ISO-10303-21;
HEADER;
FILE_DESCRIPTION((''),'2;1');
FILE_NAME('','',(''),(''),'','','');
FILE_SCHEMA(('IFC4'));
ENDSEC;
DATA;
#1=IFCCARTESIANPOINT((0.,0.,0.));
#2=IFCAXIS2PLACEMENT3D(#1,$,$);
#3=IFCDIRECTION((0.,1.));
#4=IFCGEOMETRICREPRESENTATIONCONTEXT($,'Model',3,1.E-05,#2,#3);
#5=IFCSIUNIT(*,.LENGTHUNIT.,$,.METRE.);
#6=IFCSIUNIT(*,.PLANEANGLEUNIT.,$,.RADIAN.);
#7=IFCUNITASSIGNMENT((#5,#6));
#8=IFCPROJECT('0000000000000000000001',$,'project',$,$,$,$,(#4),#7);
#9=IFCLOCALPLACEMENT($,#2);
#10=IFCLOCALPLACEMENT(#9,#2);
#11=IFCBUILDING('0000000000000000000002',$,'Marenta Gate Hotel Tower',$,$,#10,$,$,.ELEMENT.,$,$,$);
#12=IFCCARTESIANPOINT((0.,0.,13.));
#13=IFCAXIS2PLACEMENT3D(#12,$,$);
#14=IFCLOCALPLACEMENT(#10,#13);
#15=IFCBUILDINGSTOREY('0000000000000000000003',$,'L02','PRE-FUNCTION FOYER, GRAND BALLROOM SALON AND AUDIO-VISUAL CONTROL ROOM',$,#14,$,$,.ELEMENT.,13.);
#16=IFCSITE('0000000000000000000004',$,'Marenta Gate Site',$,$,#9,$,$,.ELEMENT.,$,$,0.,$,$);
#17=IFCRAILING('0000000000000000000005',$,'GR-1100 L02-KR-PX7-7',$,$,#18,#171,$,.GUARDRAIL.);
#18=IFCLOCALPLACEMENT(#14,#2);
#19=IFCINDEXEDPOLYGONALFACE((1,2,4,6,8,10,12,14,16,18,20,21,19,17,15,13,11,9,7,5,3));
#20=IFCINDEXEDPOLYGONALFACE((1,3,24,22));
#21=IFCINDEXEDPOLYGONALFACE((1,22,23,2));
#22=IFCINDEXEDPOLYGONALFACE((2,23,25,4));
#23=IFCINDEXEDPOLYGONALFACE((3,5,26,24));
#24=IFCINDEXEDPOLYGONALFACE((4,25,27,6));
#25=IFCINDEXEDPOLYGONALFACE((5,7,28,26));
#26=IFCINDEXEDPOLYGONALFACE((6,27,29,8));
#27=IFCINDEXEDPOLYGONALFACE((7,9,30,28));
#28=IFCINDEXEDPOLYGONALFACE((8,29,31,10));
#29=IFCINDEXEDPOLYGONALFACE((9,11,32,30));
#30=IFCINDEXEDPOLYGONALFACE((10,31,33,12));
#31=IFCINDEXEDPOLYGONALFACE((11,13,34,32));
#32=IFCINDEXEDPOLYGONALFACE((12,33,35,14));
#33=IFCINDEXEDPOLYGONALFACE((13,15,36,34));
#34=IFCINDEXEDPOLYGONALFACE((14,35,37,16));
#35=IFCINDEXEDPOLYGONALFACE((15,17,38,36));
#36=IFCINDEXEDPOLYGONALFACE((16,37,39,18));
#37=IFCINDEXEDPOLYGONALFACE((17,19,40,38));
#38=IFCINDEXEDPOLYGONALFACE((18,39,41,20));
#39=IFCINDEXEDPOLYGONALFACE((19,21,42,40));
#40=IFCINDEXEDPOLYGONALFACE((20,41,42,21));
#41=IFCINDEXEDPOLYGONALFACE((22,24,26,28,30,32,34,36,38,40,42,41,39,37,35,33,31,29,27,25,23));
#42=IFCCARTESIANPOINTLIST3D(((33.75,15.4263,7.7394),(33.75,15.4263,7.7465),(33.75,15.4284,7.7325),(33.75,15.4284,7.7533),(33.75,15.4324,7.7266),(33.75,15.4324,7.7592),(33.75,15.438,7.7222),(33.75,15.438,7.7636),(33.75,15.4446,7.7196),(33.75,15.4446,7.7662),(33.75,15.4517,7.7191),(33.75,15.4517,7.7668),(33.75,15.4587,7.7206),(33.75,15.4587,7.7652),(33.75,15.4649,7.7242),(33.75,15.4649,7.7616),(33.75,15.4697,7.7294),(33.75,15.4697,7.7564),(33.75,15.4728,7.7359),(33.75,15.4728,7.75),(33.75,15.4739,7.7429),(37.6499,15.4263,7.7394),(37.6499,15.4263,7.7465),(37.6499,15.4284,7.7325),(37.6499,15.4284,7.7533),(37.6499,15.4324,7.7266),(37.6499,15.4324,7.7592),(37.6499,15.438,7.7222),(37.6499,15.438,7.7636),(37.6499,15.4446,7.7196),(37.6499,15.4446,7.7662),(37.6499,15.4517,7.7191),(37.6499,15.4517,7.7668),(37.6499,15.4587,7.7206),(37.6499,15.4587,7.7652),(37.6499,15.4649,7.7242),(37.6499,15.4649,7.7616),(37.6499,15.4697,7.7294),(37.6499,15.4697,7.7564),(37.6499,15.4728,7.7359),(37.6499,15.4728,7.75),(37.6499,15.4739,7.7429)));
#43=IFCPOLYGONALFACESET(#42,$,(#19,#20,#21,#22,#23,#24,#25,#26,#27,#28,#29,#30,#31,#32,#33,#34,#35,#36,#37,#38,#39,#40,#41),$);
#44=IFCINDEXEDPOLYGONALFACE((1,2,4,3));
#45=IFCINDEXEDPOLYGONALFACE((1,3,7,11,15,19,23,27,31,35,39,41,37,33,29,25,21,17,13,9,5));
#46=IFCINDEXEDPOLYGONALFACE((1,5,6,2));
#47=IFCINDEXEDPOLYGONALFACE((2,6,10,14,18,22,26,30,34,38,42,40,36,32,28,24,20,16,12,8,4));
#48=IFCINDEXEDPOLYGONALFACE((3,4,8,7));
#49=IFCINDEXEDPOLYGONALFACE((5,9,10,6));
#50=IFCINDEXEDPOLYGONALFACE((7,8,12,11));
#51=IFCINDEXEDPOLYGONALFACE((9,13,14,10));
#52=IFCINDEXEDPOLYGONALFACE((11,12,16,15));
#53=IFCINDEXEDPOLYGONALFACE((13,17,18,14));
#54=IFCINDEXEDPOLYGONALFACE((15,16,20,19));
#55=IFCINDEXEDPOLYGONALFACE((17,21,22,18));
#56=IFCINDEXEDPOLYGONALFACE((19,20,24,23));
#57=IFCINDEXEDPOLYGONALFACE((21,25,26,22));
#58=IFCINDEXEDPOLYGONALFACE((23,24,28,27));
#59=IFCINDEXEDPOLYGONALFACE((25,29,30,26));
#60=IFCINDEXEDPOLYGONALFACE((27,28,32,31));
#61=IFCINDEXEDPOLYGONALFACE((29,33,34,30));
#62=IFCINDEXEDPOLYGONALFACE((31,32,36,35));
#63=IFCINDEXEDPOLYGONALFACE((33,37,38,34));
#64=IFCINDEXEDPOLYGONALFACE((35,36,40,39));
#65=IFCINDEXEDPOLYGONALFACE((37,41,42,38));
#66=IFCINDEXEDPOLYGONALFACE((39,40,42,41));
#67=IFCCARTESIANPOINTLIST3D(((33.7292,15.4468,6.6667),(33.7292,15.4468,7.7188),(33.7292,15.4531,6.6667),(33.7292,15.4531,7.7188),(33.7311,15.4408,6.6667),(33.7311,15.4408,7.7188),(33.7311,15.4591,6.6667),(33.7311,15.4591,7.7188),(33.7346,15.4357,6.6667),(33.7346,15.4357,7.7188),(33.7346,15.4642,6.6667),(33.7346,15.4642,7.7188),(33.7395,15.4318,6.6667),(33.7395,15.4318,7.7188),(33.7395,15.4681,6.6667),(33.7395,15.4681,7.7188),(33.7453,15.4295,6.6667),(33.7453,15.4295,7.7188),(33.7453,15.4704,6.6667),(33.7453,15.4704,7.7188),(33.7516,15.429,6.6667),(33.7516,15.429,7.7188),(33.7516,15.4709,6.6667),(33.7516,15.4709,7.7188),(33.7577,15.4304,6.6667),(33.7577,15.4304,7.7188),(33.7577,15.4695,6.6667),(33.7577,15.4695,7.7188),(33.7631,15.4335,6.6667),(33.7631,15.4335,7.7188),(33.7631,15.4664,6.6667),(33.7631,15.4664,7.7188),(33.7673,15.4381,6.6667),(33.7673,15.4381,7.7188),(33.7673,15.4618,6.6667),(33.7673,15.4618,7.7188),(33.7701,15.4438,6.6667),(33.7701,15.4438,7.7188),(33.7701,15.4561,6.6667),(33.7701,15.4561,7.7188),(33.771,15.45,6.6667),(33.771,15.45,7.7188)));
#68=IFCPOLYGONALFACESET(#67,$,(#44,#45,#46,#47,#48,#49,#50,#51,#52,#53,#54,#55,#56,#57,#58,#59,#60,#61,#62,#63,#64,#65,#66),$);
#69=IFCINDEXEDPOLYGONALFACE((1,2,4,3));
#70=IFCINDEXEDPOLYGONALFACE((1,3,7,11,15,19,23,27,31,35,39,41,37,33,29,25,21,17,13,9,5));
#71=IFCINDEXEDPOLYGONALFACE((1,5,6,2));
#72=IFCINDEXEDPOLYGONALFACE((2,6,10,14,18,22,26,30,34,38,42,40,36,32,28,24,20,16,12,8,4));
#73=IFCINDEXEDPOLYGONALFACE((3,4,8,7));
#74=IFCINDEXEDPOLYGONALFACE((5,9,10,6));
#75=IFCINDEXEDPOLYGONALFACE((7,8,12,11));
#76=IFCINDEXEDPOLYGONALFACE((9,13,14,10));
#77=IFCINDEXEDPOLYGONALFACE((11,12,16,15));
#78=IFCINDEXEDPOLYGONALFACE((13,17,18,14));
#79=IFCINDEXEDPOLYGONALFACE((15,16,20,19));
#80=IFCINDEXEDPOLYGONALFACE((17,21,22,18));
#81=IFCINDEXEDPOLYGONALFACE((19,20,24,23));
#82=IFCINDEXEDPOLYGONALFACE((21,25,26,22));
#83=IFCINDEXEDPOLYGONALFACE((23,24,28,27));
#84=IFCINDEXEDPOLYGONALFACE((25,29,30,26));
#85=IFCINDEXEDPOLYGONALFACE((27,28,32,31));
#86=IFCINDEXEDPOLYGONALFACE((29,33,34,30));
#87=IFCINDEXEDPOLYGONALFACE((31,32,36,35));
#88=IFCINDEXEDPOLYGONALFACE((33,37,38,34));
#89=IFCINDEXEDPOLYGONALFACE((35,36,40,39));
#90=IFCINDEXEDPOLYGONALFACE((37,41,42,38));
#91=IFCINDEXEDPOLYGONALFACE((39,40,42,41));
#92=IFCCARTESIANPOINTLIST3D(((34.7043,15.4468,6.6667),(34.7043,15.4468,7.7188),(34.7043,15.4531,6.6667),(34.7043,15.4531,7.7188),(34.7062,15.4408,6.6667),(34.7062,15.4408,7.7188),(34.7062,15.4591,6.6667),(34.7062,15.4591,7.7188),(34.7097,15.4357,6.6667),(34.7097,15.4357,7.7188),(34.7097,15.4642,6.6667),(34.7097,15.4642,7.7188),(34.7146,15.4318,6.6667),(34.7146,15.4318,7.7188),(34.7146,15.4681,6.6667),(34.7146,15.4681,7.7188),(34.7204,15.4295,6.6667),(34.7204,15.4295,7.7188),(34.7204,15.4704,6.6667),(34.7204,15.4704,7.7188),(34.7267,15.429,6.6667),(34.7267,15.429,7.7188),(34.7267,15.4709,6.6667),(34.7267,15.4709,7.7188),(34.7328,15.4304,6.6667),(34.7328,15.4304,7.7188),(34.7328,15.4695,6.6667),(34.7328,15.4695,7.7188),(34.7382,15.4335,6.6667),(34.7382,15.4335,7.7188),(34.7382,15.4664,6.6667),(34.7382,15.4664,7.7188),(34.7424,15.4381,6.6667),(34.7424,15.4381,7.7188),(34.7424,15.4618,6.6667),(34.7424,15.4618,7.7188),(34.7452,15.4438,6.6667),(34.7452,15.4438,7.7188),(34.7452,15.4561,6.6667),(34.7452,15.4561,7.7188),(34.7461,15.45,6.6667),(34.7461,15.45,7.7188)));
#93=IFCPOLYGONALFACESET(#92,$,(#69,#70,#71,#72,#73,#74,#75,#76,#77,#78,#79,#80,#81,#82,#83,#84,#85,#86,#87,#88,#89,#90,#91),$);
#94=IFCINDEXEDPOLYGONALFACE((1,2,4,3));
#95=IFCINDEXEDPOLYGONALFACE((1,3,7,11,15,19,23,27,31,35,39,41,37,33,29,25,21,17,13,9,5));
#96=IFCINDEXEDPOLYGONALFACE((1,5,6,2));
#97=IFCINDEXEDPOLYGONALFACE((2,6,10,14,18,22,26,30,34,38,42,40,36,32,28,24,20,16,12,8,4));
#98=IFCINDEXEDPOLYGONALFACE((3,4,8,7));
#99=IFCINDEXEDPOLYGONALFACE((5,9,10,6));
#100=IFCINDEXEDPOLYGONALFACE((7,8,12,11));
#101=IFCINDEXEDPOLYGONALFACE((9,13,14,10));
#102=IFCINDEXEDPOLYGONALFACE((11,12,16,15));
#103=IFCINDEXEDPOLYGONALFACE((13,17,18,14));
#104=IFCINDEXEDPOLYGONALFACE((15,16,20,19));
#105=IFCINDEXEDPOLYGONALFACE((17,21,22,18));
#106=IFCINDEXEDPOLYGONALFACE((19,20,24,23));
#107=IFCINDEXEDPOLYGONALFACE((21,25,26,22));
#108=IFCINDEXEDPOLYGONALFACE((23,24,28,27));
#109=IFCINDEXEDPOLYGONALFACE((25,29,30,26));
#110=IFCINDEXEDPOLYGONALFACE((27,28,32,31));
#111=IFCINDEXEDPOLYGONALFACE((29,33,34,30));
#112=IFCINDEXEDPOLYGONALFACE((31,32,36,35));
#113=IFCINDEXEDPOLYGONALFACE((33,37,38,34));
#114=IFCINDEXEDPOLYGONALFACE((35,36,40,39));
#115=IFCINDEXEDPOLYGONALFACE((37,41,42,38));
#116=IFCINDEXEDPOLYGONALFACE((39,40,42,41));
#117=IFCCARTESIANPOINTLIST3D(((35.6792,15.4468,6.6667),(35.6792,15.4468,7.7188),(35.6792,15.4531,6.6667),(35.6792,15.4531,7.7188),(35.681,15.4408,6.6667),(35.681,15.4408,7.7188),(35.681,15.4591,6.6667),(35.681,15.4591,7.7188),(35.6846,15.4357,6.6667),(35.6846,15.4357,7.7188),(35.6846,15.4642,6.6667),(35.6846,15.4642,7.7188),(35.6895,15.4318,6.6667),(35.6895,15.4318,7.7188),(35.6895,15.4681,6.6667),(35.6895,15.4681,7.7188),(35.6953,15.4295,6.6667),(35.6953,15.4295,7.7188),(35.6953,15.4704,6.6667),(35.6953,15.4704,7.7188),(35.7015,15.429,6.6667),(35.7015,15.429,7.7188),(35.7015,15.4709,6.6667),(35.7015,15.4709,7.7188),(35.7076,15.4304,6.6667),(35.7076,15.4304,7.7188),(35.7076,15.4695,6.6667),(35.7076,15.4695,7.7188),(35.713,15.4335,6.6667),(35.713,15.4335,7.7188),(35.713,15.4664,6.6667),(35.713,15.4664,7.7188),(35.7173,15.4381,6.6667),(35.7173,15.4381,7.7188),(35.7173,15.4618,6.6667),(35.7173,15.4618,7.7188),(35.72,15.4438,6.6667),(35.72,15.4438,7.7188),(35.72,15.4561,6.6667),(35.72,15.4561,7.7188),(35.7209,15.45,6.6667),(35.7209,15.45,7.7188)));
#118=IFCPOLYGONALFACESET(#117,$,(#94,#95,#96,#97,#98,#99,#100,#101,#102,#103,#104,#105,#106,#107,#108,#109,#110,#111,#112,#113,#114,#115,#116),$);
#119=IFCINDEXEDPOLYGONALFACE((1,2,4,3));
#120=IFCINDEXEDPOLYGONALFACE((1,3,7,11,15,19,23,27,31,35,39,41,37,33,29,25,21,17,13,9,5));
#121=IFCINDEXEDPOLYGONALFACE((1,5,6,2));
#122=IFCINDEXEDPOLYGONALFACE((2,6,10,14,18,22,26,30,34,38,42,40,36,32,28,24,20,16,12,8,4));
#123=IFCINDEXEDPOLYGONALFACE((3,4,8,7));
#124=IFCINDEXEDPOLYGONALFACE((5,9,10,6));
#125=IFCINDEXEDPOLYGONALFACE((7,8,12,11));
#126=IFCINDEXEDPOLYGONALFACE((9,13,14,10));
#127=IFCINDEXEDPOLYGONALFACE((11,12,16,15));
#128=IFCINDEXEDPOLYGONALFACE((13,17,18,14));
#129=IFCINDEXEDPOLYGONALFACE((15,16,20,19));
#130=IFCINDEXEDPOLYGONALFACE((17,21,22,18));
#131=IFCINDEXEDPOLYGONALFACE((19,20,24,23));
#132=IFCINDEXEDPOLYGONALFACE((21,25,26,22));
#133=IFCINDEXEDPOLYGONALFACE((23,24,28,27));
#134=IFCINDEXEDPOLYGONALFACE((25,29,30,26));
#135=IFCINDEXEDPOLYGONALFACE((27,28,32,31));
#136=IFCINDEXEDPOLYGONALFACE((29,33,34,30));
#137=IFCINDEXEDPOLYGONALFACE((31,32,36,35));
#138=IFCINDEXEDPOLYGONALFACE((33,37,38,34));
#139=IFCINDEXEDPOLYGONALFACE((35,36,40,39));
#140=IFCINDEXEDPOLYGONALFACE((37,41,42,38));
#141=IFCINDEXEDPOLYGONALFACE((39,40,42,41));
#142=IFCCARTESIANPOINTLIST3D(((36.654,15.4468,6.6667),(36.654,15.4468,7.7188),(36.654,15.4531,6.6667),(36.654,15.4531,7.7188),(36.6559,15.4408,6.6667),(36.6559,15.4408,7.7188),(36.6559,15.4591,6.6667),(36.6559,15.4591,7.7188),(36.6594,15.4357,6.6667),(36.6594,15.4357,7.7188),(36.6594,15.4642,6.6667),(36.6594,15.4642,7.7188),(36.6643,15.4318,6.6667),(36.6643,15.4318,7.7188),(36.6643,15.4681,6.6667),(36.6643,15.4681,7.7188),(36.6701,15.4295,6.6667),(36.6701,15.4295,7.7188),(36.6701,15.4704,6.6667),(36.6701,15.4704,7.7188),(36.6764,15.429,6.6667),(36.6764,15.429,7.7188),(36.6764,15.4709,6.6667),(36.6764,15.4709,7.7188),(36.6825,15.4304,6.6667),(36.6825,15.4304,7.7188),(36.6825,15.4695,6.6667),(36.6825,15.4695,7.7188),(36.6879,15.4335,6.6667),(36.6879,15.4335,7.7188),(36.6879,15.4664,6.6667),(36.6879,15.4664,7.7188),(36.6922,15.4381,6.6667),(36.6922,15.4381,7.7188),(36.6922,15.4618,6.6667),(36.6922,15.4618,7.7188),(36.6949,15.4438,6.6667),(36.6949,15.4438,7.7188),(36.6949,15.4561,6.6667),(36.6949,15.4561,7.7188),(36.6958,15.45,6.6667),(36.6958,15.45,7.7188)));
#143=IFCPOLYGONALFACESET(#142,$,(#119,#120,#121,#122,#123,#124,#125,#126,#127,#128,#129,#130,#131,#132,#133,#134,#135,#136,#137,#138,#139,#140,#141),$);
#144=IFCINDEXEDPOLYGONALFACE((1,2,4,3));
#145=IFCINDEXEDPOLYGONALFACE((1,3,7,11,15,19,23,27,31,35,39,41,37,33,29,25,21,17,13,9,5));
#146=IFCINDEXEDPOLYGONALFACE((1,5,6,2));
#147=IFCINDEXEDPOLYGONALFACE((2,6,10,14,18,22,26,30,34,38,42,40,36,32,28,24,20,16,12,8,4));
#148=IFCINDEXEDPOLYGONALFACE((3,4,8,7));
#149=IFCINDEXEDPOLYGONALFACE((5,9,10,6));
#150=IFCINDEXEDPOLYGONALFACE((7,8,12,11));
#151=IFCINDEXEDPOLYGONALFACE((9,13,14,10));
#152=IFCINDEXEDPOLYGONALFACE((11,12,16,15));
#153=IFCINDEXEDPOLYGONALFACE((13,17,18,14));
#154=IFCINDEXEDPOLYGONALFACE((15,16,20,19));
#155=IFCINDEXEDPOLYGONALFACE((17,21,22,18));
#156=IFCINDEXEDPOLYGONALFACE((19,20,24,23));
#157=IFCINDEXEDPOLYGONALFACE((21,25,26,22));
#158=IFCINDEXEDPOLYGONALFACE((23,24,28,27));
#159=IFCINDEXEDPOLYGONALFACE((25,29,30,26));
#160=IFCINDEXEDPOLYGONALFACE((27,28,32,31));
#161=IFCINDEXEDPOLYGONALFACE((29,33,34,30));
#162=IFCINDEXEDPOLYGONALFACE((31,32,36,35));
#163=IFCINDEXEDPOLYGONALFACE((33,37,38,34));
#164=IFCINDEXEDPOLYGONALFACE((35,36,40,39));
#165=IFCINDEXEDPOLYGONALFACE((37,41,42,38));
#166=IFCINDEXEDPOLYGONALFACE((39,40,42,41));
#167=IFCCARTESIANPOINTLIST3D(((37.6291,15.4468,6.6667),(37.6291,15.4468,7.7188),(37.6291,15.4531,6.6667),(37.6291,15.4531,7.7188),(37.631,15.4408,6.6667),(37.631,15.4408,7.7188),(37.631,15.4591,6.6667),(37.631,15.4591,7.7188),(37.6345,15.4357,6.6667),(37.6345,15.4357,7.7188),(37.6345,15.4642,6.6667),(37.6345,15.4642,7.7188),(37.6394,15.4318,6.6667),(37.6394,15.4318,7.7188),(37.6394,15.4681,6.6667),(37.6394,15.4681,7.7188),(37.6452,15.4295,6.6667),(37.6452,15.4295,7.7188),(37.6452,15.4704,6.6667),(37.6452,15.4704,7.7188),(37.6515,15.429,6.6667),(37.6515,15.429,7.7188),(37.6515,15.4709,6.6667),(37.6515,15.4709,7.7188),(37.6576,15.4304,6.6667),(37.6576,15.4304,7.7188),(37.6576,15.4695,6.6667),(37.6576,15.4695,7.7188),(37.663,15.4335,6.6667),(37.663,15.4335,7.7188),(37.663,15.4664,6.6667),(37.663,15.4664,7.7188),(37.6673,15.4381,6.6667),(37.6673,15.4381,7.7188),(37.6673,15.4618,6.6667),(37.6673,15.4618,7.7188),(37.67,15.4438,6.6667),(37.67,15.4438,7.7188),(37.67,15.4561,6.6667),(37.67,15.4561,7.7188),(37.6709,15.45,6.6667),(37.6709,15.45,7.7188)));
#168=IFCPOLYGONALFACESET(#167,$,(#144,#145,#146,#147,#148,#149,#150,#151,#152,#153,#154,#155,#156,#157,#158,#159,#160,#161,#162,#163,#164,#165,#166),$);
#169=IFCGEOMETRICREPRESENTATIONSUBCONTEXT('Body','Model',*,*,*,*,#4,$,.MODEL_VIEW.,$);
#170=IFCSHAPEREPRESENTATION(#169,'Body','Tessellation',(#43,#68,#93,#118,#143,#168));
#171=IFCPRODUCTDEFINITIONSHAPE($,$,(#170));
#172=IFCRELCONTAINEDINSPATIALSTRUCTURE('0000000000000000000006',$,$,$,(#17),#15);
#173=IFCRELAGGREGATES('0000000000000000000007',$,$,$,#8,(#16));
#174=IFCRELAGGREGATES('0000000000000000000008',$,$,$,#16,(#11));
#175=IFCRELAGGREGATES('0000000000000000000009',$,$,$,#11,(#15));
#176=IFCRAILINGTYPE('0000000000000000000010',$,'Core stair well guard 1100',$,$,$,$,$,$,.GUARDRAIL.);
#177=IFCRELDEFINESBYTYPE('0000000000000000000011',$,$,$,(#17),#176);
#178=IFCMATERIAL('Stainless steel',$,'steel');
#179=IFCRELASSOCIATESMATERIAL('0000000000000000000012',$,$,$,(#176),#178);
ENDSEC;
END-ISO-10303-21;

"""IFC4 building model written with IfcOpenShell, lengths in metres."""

from ifc_helpers import new_model, si_unit, direction, frame, origin, origin_2d, place, context, subcontext, project, spatial, circle, extrude, material, type_object, element, save


model = new_model("IFC4")

# Units and contexts
model_context = context("Model", 3, precision=1e-05, world=origin(), true_north=direction((0.0, 1.0)))
body_context = subcontext(model_context, "Body", "Model", "MODEL_VIEW")
ifc_project = project(units=[si_unit("LENGTHUNIT", "METRE"), si_unit("PLANEANGLEUNIT", "RADIAN")], contexts=[model_context])

# Site, building, storey
site_placement = place(None, origin())
site = spatial("IfcSite", under=ifc_project, at=site_placement, Name="Marenta Gate Site", CompositionType="ELEMENT", RefElevation=0.0)
building_placement = place(site_placement, origin())
building = spatial("IfcBuilding", under=site, at=building_placement, Name="Marenta Gate Hotel Tower", CompositionType="ELEMENT")
storey_placement = place(building_placement, frame((0.0, 0.0, 13.0)))
storey = spatial("IfcBuildingStorey", under=building, at=storey_placement, Name="L02", Description="PRE-FUNCTION FOYER, GRAND BALLROOM SALON AND AUDIO-VISUAL CONTROL ROOM", CompositionType="ELEMENT", Elevation=13.0)

# Railing
ifc_material_1 = material(Name="Stainless steel", Category="steel")
railing_type = type_object("IfcRailingType", Name="Core stair well guard 1100", PredefinedType="GUARDRAIL", material=ifc_material_1)
for number, where, name in (
    (1, (33.75, 15.45, 6.6667), "GR-1100 L02-KR-PX7-7"),
):
    element("IfcRailing", number, at=place(storey_placement, frame(where)), inside=storey, type_object=railing_type, Name=name, PredefinedType="GUARDRAIL", context=body_context, shape_type="SweptSolid", body=[
        extrude(circle(Radius=0.0239, at=origin_2d()), frame((0.0, 0.0, 1.0762), z_axis=(1.0, 0.0, 0.0), x_axis=(0.0, 1.0, 0.0)), (0.0, 0.0, 1.0), 3.8999),
        extrude(circle(Radius=0.021, at=origin_2d()), origin(), (0.0, 0.0, 1.0), 1.052),
        extrude(circle(Radius=0.021, at=origin_2d()), frame((0.9751, 0.0, 0.0)), (0.0, 0.0, 1.0), 1.052),
        extrude(circle(Radius=0.021, at=origin_2d()), frame((1.95, 0.0, 0.0)), (0.0, 0.0, 1.0), 1.052),
        extrude(circle(Radius=0.021, at=origin_2d()), frame((2.9248, 0.0, 0.0)), (0.0, 0.0, 1.0), 1.052),
        extrude(circle(Radius=0.021, at=origin_2d()), frame((3.8999, 0.0, 0.0)), (0.0, 0.0, 1.0), 1.052),
    ])

save(model, "model.ifc")
